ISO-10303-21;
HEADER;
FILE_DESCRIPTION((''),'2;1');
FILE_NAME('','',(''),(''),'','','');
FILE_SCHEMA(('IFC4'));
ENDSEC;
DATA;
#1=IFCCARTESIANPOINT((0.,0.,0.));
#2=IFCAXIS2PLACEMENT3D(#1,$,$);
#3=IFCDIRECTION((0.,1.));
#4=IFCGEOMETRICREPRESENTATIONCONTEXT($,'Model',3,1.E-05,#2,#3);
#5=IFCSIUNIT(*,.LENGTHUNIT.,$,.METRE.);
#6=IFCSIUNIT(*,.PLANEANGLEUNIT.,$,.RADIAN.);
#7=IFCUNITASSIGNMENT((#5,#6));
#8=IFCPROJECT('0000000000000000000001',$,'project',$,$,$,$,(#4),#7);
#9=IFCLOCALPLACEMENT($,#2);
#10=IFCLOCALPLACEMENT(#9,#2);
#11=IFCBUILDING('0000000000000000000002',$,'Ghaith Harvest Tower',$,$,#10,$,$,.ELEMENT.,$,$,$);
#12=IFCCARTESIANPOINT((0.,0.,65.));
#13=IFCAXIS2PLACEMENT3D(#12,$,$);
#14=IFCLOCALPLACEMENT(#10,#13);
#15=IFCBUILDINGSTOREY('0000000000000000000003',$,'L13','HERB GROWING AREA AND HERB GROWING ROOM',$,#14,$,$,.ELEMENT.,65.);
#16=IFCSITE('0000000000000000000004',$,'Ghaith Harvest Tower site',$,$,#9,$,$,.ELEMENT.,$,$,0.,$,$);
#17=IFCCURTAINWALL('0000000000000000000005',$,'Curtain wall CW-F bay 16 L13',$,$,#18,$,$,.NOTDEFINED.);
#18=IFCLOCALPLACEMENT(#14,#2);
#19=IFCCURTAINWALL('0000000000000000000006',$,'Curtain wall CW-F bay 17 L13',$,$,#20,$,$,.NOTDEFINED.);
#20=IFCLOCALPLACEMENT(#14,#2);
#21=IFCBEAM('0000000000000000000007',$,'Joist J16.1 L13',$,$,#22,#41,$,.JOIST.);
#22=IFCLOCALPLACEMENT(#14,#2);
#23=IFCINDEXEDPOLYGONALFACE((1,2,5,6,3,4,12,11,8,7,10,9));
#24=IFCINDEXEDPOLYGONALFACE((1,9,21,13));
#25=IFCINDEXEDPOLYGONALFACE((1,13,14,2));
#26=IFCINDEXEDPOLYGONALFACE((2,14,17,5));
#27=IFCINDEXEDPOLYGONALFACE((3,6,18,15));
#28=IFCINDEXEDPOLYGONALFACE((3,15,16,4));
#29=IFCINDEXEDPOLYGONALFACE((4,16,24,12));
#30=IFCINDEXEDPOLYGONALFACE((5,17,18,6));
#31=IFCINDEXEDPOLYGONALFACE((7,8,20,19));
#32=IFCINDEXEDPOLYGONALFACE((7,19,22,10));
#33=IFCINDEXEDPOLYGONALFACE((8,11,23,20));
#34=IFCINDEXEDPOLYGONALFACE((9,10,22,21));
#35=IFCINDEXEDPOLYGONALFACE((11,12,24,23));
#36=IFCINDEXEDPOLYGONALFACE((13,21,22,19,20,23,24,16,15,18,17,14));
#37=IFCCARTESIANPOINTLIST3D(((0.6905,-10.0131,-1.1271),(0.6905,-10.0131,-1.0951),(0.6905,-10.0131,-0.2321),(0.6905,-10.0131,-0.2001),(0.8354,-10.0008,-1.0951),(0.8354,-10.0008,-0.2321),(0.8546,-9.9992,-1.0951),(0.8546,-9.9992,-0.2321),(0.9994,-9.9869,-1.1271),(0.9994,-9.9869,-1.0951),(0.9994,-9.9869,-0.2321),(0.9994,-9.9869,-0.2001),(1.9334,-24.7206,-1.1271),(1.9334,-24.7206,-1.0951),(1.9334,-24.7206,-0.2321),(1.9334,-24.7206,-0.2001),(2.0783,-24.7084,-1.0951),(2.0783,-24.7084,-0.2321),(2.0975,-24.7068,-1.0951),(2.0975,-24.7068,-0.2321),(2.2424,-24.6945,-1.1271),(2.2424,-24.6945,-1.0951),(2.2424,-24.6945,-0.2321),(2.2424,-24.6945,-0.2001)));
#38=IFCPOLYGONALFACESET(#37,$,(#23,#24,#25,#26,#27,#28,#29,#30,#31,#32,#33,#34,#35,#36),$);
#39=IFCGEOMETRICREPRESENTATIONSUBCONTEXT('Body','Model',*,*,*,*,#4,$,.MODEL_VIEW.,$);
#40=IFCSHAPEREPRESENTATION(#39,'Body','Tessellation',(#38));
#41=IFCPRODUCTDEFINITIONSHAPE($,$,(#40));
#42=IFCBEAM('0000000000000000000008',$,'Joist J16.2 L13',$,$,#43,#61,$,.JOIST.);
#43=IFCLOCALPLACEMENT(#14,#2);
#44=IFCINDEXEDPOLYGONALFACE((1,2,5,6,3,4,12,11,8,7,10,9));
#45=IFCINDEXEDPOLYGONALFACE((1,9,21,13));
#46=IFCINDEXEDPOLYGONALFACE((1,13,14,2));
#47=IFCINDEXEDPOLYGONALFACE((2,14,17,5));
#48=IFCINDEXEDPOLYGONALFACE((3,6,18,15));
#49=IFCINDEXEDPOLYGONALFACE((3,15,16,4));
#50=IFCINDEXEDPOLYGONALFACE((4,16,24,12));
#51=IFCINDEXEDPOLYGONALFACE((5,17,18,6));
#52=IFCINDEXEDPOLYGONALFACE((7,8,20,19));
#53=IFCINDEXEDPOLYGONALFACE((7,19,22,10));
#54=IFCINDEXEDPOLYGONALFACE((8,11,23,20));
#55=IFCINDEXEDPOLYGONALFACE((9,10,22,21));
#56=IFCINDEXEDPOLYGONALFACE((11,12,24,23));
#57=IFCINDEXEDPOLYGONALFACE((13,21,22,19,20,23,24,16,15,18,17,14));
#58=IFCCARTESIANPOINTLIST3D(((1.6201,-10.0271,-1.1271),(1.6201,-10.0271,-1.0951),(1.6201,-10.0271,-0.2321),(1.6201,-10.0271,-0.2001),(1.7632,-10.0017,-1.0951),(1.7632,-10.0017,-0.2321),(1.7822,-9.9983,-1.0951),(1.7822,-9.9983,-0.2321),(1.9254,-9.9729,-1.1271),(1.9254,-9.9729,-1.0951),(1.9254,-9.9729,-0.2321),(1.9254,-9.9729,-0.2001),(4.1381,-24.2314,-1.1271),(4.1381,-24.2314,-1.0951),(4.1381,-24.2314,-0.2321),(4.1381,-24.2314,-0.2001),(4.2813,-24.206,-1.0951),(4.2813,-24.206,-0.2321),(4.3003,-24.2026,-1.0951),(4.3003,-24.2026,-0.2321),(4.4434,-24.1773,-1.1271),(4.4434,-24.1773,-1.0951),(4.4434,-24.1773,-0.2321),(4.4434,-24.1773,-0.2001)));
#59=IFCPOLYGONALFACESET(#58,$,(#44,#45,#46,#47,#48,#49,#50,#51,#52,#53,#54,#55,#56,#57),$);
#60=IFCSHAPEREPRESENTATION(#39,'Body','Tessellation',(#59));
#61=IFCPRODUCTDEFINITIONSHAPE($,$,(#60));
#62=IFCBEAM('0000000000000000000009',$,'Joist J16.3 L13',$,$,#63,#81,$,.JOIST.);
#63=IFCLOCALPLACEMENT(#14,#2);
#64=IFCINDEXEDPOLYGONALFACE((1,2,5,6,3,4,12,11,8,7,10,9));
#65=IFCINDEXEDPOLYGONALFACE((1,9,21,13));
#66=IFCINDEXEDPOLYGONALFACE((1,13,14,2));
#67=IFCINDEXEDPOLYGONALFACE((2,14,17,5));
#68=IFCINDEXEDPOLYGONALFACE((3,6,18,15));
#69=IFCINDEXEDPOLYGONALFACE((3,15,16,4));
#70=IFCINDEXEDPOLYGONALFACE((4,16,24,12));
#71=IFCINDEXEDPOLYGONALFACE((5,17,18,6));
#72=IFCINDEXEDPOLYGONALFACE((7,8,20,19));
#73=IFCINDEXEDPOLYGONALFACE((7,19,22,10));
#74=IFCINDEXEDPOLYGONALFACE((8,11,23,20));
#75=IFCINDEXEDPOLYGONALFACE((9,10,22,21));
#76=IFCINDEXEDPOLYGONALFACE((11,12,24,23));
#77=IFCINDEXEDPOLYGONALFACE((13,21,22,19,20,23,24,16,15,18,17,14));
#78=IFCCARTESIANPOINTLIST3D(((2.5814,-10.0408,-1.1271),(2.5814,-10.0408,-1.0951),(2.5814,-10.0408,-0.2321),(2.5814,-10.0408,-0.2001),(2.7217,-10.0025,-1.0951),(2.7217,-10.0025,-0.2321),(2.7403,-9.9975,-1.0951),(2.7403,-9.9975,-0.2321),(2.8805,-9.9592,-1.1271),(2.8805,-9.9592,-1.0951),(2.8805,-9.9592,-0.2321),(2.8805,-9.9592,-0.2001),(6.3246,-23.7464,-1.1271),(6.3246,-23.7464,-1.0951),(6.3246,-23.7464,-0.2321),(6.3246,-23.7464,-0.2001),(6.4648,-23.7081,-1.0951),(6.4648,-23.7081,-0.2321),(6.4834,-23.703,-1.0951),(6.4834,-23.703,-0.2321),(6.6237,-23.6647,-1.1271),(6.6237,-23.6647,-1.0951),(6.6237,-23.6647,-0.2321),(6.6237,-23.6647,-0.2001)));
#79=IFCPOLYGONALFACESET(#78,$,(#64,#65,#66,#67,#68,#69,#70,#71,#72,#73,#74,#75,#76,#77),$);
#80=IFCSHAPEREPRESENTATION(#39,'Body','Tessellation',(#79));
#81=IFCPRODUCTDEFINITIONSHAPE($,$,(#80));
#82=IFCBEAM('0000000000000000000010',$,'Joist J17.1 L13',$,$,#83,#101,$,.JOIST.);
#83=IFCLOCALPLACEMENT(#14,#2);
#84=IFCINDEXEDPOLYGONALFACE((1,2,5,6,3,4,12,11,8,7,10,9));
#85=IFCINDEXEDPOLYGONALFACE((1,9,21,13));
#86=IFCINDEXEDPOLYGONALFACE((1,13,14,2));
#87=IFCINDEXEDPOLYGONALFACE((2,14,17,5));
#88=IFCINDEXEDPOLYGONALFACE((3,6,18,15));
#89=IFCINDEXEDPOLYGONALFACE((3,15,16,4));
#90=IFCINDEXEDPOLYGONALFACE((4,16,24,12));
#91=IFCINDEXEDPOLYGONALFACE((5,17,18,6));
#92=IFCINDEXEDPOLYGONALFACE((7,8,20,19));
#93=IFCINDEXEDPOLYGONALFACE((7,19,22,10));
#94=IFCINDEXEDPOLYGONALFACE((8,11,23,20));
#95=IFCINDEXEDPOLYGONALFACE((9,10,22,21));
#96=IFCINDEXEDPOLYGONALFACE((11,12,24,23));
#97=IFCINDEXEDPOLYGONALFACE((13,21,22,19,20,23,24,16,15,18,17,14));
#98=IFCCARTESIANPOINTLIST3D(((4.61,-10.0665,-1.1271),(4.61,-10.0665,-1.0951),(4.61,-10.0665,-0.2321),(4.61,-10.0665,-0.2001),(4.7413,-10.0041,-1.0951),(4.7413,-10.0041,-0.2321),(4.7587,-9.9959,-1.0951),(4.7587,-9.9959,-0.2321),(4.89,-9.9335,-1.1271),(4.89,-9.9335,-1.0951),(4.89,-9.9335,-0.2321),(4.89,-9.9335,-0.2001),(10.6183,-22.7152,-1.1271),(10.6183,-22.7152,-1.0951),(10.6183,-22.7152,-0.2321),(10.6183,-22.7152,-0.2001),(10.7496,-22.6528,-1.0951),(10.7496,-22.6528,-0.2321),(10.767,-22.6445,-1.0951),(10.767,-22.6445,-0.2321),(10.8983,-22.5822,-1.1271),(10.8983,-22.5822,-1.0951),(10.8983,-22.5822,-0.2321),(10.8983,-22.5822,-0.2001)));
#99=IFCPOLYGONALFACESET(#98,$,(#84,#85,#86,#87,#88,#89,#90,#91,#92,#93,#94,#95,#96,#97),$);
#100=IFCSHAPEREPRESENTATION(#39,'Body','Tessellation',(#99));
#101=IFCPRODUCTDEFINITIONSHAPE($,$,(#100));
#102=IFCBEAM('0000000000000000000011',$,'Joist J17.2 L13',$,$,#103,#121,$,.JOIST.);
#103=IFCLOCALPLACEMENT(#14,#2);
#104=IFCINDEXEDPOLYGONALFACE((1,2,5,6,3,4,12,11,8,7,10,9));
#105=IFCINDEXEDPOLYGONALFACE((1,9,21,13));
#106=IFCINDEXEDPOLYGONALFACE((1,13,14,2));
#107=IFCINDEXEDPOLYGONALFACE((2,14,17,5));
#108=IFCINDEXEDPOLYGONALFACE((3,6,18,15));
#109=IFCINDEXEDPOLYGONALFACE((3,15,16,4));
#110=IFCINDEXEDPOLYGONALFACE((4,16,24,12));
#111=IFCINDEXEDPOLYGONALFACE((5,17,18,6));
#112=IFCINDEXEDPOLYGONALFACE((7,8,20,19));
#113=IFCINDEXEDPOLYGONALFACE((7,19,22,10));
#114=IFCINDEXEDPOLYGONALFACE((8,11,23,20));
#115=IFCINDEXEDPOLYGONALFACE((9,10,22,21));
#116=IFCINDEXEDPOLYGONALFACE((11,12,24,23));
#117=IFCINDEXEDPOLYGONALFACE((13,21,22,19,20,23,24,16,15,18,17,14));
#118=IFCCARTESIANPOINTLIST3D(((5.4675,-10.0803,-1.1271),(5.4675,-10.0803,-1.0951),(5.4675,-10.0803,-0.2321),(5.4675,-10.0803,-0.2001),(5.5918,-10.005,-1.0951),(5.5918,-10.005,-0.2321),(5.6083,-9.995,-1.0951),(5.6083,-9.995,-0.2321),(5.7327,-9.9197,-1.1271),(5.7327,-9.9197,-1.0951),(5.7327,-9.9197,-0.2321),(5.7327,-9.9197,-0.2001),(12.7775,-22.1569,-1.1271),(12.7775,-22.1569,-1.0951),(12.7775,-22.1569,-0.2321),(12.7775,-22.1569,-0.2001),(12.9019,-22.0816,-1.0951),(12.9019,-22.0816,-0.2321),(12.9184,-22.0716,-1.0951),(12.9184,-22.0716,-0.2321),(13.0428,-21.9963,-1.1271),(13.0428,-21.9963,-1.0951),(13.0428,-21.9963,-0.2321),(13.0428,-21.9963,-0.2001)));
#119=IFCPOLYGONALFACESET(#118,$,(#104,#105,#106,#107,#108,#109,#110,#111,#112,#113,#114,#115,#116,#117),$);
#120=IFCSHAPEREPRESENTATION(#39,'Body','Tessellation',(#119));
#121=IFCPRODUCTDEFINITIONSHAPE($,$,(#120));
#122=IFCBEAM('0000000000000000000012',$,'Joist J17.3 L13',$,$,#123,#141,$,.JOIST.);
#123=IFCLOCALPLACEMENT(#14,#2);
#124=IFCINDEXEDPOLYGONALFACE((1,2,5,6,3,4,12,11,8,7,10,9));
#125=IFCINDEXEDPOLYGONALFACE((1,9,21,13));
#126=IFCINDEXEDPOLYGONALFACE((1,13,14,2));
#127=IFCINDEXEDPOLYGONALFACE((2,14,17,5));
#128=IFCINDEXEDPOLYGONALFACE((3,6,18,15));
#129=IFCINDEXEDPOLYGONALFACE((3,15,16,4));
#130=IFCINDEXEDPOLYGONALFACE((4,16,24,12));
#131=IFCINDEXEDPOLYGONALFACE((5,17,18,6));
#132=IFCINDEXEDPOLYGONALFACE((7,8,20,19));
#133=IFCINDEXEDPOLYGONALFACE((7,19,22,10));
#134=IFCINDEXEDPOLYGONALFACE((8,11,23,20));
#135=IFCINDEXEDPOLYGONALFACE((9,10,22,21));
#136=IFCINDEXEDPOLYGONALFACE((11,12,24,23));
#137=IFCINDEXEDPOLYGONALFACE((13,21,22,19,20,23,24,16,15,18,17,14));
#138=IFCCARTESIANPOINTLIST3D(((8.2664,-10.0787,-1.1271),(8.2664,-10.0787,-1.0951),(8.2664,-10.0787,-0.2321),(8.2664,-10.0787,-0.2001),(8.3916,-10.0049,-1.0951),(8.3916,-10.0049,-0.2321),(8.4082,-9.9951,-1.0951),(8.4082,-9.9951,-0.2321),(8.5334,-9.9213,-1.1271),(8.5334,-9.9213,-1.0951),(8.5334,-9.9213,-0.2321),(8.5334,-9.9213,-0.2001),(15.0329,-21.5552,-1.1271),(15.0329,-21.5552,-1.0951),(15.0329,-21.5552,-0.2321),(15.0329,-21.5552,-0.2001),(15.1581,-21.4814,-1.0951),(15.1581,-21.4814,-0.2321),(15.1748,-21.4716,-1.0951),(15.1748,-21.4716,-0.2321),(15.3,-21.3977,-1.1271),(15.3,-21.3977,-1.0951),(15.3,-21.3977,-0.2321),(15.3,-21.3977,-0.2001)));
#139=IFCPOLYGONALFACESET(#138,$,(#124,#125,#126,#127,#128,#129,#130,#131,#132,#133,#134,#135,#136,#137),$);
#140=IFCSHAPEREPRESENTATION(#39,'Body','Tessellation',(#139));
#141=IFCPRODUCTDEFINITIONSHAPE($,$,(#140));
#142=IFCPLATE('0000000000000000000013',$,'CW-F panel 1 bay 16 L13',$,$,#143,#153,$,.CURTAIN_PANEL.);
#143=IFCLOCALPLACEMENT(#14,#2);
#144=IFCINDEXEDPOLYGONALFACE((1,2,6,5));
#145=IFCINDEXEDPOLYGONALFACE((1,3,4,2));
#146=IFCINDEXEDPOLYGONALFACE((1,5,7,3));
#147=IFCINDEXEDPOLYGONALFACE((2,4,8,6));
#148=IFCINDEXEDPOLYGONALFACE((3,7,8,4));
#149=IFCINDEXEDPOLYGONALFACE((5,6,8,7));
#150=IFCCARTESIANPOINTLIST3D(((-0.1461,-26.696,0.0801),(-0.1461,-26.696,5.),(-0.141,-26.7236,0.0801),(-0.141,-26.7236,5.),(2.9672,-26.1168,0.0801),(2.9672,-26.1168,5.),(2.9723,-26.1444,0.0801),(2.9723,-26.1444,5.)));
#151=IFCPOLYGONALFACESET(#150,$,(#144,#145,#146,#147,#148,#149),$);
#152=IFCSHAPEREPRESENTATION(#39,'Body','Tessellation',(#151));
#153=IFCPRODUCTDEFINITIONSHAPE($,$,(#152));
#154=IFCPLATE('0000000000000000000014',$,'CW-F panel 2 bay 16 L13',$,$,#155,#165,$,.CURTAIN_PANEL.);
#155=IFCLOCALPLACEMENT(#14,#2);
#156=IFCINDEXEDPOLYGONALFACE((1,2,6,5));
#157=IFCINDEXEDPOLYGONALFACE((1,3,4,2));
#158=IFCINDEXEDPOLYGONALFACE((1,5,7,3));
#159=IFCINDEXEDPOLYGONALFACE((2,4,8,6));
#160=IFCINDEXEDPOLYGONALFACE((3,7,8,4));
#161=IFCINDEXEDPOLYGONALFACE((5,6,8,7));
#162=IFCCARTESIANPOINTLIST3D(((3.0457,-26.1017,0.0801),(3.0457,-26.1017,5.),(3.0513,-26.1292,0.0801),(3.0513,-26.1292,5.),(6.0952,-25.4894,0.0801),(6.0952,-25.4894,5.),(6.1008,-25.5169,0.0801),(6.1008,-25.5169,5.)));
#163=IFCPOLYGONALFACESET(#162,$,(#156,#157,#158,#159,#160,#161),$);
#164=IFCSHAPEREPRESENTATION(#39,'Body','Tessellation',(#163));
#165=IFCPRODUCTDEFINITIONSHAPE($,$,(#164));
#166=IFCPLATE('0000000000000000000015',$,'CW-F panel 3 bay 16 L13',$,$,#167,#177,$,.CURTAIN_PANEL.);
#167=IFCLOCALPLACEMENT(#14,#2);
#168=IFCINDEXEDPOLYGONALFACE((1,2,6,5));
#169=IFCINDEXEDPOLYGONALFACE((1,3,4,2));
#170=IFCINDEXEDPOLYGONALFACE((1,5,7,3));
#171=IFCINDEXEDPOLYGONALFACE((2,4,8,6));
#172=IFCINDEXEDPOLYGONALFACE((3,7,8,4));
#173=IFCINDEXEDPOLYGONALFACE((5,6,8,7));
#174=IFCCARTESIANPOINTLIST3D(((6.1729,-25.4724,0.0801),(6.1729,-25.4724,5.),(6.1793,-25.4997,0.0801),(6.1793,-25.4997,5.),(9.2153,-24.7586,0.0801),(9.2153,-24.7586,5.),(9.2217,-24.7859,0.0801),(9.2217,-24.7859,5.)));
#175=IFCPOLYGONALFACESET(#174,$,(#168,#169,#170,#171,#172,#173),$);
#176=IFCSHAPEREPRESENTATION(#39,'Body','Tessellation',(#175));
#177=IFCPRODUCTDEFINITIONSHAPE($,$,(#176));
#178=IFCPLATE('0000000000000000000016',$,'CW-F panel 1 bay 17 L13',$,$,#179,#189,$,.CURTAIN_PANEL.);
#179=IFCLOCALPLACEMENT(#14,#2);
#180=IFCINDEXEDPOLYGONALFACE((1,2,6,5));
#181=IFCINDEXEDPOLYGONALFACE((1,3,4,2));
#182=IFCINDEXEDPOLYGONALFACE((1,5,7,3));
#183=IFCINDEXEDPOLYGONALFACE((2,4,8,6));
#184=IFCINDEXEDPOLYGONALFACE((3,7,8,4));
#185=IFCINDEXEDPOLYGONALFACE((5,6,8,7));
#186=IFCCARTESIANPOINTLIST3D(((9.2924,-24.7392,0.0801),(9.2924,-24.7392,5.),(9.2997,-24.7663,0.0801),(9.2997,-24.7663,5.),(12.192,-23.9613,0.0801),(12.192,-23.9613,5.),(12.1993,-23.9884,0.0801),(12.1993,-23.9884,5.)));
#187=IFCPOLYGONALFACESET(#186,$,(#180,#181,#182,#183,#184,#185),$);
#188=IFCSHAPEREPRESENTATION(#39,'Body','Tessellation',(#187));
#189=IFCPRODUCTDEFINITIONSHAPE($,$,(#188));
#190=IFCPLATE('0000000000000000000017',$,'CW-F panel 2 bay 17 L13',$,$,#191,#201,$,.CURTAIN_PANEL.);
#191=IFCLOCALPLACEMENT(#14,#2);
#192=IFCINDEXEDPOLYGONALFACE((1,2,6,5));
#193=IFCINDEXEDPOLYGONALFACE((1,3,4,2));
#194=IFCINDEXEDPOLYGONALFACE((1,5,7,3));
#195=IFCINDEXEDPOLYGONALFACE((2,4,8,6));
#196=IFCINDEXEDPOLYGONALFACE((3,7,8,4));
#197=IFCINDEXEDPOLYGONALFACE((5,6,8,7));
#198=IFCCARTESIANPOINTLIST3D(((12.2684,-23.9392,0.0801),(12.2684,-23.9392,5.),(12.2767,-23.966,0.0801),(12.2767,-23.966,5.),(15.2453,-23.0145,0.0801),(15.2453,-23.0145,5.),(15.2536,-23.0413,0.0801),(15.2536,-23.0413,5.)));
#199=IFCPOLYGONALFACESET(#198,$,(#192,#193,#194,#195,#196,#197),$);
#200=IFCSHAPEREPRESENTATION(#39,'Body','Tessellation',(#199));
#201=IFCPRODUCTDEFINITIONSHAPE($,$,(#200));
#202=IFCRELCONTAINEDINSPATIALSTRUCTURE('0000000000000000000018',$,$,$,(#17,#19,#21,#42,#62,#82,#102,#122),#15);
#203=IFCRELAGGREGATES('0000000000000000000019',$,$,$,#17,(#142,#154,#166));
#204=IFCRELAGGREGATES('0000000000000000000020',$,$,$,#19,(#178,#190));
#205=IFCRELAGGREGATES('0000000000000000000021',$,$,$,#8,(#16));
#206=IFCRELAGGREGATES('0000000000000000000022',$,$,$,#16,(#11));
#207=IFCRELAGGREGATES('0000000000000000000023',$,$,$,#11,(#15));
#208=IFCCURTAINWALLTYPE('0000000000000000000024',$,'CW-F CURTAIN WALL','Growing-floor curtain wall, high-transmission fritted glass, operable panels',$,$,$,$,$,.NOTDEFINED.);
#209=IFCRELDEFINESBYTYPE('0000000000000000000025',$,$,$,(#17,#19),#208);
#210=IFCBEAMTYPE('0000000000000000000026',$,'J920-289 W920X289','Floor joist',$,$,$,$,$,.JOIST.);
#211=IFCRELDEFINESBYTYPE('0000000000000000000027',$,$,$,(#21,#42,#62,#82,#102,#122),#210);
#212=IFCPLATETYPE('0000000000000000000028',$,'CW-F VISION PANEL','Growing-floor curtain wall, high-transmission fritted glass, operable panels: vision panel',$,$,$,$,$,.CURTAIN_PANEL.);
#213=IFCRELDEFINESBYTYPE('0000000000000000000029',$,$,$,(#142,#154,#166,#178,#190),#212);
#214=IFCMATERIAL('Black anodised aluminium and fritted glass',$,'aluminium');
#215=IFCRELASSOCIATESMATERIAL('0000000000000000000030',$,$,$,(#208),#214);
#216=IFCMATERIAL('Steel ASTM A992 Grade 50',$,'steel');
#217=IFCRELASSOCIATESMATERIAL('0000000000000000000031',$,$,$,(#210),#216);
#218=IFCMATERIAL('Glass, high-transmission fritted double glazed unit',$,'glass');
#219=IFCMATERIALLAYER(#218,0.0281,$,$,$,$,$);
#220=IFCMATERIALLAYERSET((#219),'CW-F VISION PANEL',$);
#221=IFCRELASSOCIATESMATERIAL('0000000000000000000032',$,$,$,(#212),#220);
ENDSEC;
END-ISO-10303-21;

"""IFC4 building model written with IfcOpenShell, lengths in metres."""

from ifc_helpers import new_model, si_unit, direction, frame, origin, origin_2d, place, context, subcontext, project, spatial, rectangle, i_section, extrude, material, layer, layer_set, material_profile, profile_set, type_object, element, aggregate, save


model = new_model("IFC4")

# Units and contexts
model_context = context("Model", 3, precision=1e-05, world=origin(), true_north=direction((0.0, 1.0)))
body_context = subcontext(model_context, "Body", "Model", "MODEL_VIEW")
ifc_project = project(units=[si_unit("LENGTHUNIT", "METRE"), si_unit("PLANEANGLEUNIT", "RADIAN")], contexts=[model_context])

# Site, building, storey
site_placement = place(None, origin())
site = spatial("IfcSite", under=ifc_project, at=site_placement, Name="Ghaith Harvest Tower site", CompositionType="ELEMENT", RefElevation=0.0)
building_placement = place(site_placement, origin())
building = spatial("IfcBuilding", under=site, at=building_placement, Name="Ghaith Harvest Tower", CompositionType="ELEMENT")
storey_placement = place(building_placement, frame((0.0, 0.0, 65.0)))
storey = spatial("IfcBuildingStorey", under=building, at=storey_placement, Name="L13", Description="HERB GROWING AREA AND HERB GROWING ROOM", CompositionType="ELEMENT", Elevation=65.0)

# Curtain walls
ifc_material_1 = material(Name="Black anodised aluminium and fritted glass", Category="aluminium")
curtain_wall_type = type_object("IfcCurtainWallType", Name="CW-F CURTAIN WALL", Description="Growing-floor curtain wall, high-transmission fritted glass, operable panels", PredefinedType="NOTDEFINED", material=ifc_material_1)
curtain_wall_1_placement = place(storey_placement, origin())
curtain_wall_1 = element("IfcCurtainWall", 1, at=curtain_wall_1_placement, inside=storey, type_object=curtain_wall_type, Name="Curtain wall CW-F bay 16 L13", PredefinedType="NOTDEFINED")
curtain_wall_2_placement = place(storey_placement, origin())
curtain_wall_2 = element("IfcCurtainWall", 2, at=curtain_wall_2_placement, inside=storey, type_object=curtain_wall_type, Name="Curtain wall CW-F bay 17 L13", PredefinedType="NOTDEFINED")

# Beams
ifc_material_2 = material(Name="Steel ASTM A992 Grade 50", Category="steel")
ifc_material_profile_1 = material_profile(ifc_material_2, i_section(OverallWidth=0.3101, OverallDepth=0.927, WebThickness=0.0193, FlangeThickness=0.032, at=origin_2d()), Name="W920X289")
ifc_profile_set_1 = profile_set([ifc_material_profile_1], Name="Steel ASTM A992 Grade 50")
beam_type_1 = type_object("IfcBeamType", Name="J920-289 W920X289", Description="Floor joist", PredefinedType="JOIST", material=ifc_profile_set_1)
beam_1_placement = place(storey_placement, frame((0.845, -10.0, -0.6636), z_axis=(0.084209, -0.996448, 0.0), x_axis=(0.996448, 0.084209, 0.0)))
element("IfcBeam", 3, at=beam_1_placement, inside=storey, type_object=beam_type_1, Name="Joist J16.1 L13", PredefinedType="JOIST", context=body_context, shape_type="SweptSolid", body=[
    extrude(i_section(OverallWidth=0.3101, OverallDepth=0.927, WebThickness=0.0193, FlangeThickness=0.032, at=origin_2d()), origin(), (0.0, 0.0, 1.0), 14.76),
])
beam_2_placement = place(storey_placement, frame((1.7727, -10.0, -0.6636), z_axis=(0.174553, -0.984648, 0.0), x_axis=(0.984648, 0.174553, 0.0)))
element("IfcBeam", 4, at=beam_2_placement, inside=storey, type_object=beam_type_1, Name="Joist J16.2 L13", PredefinedType="JOIST", context=body_context, shape_type="SweptSolid", body=[
    extrude(i_section(OverallWidth=0.3101, OverallDepth=0.927, WebThickness=0.0193, FlangeThickness=0.032, at=origin_2d()), origin(), (0.0, 0.0, 1.0), 14.4258),
])
beam_3_placement = place(storey_placement, frame((2.731, -10.0, -0.6636), z_axis=(0.263463, -0.964669, 0.0), x_axis=(0.964669, 0.263463, 0.0)))
element("IfcBeam", 5, at=beam_3_placement, inside=storey, type_object=beam_type_1, Name="Joist J16.3 L13", PredefinedType="JOIST", context=body_context, shape_type="SweptSolid", body=[
    extrude(i_section(OverallWidth=0.3101, OverallDepth=0.927, WebThickness=0.0193, FlangeThickness=0.032, at=origin_2d()), origin(), (0.0, 0.0, 1.0), 14.2075),
])
beam_4_placement = place(storey_placement, frame((4.75, -10.0, -0.6636), z_axis=(0.429067, -0.903273, 0.0), x_axis=(0.903273, 0.429067, 0.0)))
element("IfcBeam", 6, at=beam_4_placement, inside=storey, type_object=beam_type_1, Name="Joist J17.1 L13", PredefinedType="JOIST", context=body_context, shape_type="SweptSolid", body=[
    extrude(i_section(OverallWidth=0.3101, OverallDepth=0.927, WebThickness=0.0193, FlangeThickness=0.032, at=origin_2d()), origin(), (0.0, 0.0, 1.0), 14.0032),
])
beam_5_placement = place(storey_placement, frame((5.6001, -10.0, -0.6636), z_axis=(0.517829, -0.855484, 0.0), x_axis=(0.855484, 0.517829, 0.0)))
element("IfcBeam", 7, at=beam_5_placement, inside=storey, type_object=beam_type_1, Name="Joist J17.2 L13", PredefinedType="JOIST", context=body_context, shape_type="SweptSolid", body=[
    extrude(i_section(OverallWidth=0.3101, OverallDepth=0.927, WebThickness=0.0193, FlangeThickness=0.032, at=origin_2d()), origin(), (0.0, 0.0, 1.0), 14.1167),
])
beam_6_placement = place(storey_placement, frame((8.3999, -10.0, -0.6636), z_axis=(0.507894, -0.861419, 0.0), x_axis=(0.861419, 0.507894, 0.0)))
element("IfcBeam", 8, at=beam_6_placement, inside=storey, type_object=beam_type_1, Name="Joist J17.3 L13", PredefinedType="JOIST", context=body_context, shape_type="SweptSolid", body=[
    extrude(i_section(OverallWidth=0.3101, OverallDepth=0.927, WebThickness=0.0193, FlangeThickness=0.032, at=origin_2d()), origin(), (0.0, 0.0, 1.0), 13.3228),
])

# Plates
ifc_material_3 = material(Name="Glass, high-transmission fritted double glazed unit", Category="glass")
ifc_layer_1 = layer(ifc_material_3, 0.0281)
ifc_layer_set_1 = layer_set([ifc_layer_1], Name="CW-F VISION PANEL")
plate_type = type_object("IfcPlateType", Name="CW-F VISION PANEL", Description="Growing-floor curtain wall, high-transmission fritted glass, operable panels: vision panel", PredefinedType="CURTAIN_PANEL", material=ifc_layer_set_1)
plate_1_placement = place(storey_placement, frame((1.4131, -26.4202, 0.0801), z_axis=(0.0, 0.0, 1.0), x_axis=(0.983131, 0.182902, 0.0)))
plate_1 = element("IfcPlate", 9, at=plate_1_placement, type_object=plate_type, Name="CW-F panel 1 bay 16 L13", PredefinedType="CURTAIN_PANEL", context=body_context, shape_type="SweptSolid", body=[
    extrude(rectangle(XDim=3.1667, YDim=0.0281, at=origin_2d()), origin(), (0.0, 0.0, 1.0), 4.9199),
])
plate_2_placement = place(storey_placement, frame((4.5732, -25.8093, 0.0801), z_axis=(0.0, 0.0, 1.0), x_axis=(0.980432, 0.196856, 0.0)))
plate_2 = element("IfcPlate", 10, at=plate_2_placement, type_object=plate_type, Name="CW-F panel 2 bay 16 L13", PredefinedType="CURTAIN_PANEL", context=body_context, shape_type="SweptSolid", body=[
    extrude(rectangle(XDim=3.1104, YDim=0.0281, at=origin_2d()), origin(), (0.0, 0.0, 1.0), 4.9199),
])
plate_3_placement = place(storey_placement, frame((7.6973, -25.1292, 0.0801), z_axis=(0.0, 0.0, 1.0), x_axis=(0.973565, 0.228411, 0.0)))
plate_3 = element("IfcPlate", 11, at=plate_3_placement, type_object=plate_type, Name="CW-F panel 3 bay 16 L13", PredefinedType="CURTAIN_PANEL", context=body_context, shape_type="SweptSolid", body=[
    extrude(rectangle(XDim=3.125, YDim=0.0281, at=origin_2d()), origin(), (0.0, 0.0, 1.0), 4.9199),
])
aggregate(curtain_wall_1, [plate_1, plate_2, plate_3])
plate_4_placement = place(storey_placement, frame((10.7458, -24.3638, 0.0801), z_axis=(0.0, 0.0, 1.0), x_axis=(0.965848, 0.259108, 0.0)))
plate_4 = element("IfcPlate", 12, at=plate_4_placement, type_object=plate_type, Name="CW-F panel 1 bay 17 L13", PredefinedType="CURTAIN_PANEL", context=body_context, shape_type="SweptSolid", body=[
    extrude(rectangle(XDim=3.0022, YDim=0.0281, at=origin_2d()), origin(), (0.0, 0.0, 1.0), 4.9199),
])
plate_5_placement = place(storey_placement, frame((13.761, -23.4902, 0.0801), z_axis=(0.0, 0.0, 1.0), x_axis=(0.954988, 0.296644, 0.0)))
plate_5 = element("IfcPlate", 13, at=plate_5_placement, type_object=plate_type, Name="CW-F panel 2 bay 17 L13", PredefinedType="CURTAIN_PANEL", context=body_context, shape_type="SweptSolid", body=[
    extrude(rectangle(XDim=3.1172, YDim=0.0281, at=origin_2d()), origin(), (0.0, 0.0, 1.0), 4.9199),
])
aggregate(curtain_wall_2, [plate_4, plate_5])

save(model, "model.ifc")
